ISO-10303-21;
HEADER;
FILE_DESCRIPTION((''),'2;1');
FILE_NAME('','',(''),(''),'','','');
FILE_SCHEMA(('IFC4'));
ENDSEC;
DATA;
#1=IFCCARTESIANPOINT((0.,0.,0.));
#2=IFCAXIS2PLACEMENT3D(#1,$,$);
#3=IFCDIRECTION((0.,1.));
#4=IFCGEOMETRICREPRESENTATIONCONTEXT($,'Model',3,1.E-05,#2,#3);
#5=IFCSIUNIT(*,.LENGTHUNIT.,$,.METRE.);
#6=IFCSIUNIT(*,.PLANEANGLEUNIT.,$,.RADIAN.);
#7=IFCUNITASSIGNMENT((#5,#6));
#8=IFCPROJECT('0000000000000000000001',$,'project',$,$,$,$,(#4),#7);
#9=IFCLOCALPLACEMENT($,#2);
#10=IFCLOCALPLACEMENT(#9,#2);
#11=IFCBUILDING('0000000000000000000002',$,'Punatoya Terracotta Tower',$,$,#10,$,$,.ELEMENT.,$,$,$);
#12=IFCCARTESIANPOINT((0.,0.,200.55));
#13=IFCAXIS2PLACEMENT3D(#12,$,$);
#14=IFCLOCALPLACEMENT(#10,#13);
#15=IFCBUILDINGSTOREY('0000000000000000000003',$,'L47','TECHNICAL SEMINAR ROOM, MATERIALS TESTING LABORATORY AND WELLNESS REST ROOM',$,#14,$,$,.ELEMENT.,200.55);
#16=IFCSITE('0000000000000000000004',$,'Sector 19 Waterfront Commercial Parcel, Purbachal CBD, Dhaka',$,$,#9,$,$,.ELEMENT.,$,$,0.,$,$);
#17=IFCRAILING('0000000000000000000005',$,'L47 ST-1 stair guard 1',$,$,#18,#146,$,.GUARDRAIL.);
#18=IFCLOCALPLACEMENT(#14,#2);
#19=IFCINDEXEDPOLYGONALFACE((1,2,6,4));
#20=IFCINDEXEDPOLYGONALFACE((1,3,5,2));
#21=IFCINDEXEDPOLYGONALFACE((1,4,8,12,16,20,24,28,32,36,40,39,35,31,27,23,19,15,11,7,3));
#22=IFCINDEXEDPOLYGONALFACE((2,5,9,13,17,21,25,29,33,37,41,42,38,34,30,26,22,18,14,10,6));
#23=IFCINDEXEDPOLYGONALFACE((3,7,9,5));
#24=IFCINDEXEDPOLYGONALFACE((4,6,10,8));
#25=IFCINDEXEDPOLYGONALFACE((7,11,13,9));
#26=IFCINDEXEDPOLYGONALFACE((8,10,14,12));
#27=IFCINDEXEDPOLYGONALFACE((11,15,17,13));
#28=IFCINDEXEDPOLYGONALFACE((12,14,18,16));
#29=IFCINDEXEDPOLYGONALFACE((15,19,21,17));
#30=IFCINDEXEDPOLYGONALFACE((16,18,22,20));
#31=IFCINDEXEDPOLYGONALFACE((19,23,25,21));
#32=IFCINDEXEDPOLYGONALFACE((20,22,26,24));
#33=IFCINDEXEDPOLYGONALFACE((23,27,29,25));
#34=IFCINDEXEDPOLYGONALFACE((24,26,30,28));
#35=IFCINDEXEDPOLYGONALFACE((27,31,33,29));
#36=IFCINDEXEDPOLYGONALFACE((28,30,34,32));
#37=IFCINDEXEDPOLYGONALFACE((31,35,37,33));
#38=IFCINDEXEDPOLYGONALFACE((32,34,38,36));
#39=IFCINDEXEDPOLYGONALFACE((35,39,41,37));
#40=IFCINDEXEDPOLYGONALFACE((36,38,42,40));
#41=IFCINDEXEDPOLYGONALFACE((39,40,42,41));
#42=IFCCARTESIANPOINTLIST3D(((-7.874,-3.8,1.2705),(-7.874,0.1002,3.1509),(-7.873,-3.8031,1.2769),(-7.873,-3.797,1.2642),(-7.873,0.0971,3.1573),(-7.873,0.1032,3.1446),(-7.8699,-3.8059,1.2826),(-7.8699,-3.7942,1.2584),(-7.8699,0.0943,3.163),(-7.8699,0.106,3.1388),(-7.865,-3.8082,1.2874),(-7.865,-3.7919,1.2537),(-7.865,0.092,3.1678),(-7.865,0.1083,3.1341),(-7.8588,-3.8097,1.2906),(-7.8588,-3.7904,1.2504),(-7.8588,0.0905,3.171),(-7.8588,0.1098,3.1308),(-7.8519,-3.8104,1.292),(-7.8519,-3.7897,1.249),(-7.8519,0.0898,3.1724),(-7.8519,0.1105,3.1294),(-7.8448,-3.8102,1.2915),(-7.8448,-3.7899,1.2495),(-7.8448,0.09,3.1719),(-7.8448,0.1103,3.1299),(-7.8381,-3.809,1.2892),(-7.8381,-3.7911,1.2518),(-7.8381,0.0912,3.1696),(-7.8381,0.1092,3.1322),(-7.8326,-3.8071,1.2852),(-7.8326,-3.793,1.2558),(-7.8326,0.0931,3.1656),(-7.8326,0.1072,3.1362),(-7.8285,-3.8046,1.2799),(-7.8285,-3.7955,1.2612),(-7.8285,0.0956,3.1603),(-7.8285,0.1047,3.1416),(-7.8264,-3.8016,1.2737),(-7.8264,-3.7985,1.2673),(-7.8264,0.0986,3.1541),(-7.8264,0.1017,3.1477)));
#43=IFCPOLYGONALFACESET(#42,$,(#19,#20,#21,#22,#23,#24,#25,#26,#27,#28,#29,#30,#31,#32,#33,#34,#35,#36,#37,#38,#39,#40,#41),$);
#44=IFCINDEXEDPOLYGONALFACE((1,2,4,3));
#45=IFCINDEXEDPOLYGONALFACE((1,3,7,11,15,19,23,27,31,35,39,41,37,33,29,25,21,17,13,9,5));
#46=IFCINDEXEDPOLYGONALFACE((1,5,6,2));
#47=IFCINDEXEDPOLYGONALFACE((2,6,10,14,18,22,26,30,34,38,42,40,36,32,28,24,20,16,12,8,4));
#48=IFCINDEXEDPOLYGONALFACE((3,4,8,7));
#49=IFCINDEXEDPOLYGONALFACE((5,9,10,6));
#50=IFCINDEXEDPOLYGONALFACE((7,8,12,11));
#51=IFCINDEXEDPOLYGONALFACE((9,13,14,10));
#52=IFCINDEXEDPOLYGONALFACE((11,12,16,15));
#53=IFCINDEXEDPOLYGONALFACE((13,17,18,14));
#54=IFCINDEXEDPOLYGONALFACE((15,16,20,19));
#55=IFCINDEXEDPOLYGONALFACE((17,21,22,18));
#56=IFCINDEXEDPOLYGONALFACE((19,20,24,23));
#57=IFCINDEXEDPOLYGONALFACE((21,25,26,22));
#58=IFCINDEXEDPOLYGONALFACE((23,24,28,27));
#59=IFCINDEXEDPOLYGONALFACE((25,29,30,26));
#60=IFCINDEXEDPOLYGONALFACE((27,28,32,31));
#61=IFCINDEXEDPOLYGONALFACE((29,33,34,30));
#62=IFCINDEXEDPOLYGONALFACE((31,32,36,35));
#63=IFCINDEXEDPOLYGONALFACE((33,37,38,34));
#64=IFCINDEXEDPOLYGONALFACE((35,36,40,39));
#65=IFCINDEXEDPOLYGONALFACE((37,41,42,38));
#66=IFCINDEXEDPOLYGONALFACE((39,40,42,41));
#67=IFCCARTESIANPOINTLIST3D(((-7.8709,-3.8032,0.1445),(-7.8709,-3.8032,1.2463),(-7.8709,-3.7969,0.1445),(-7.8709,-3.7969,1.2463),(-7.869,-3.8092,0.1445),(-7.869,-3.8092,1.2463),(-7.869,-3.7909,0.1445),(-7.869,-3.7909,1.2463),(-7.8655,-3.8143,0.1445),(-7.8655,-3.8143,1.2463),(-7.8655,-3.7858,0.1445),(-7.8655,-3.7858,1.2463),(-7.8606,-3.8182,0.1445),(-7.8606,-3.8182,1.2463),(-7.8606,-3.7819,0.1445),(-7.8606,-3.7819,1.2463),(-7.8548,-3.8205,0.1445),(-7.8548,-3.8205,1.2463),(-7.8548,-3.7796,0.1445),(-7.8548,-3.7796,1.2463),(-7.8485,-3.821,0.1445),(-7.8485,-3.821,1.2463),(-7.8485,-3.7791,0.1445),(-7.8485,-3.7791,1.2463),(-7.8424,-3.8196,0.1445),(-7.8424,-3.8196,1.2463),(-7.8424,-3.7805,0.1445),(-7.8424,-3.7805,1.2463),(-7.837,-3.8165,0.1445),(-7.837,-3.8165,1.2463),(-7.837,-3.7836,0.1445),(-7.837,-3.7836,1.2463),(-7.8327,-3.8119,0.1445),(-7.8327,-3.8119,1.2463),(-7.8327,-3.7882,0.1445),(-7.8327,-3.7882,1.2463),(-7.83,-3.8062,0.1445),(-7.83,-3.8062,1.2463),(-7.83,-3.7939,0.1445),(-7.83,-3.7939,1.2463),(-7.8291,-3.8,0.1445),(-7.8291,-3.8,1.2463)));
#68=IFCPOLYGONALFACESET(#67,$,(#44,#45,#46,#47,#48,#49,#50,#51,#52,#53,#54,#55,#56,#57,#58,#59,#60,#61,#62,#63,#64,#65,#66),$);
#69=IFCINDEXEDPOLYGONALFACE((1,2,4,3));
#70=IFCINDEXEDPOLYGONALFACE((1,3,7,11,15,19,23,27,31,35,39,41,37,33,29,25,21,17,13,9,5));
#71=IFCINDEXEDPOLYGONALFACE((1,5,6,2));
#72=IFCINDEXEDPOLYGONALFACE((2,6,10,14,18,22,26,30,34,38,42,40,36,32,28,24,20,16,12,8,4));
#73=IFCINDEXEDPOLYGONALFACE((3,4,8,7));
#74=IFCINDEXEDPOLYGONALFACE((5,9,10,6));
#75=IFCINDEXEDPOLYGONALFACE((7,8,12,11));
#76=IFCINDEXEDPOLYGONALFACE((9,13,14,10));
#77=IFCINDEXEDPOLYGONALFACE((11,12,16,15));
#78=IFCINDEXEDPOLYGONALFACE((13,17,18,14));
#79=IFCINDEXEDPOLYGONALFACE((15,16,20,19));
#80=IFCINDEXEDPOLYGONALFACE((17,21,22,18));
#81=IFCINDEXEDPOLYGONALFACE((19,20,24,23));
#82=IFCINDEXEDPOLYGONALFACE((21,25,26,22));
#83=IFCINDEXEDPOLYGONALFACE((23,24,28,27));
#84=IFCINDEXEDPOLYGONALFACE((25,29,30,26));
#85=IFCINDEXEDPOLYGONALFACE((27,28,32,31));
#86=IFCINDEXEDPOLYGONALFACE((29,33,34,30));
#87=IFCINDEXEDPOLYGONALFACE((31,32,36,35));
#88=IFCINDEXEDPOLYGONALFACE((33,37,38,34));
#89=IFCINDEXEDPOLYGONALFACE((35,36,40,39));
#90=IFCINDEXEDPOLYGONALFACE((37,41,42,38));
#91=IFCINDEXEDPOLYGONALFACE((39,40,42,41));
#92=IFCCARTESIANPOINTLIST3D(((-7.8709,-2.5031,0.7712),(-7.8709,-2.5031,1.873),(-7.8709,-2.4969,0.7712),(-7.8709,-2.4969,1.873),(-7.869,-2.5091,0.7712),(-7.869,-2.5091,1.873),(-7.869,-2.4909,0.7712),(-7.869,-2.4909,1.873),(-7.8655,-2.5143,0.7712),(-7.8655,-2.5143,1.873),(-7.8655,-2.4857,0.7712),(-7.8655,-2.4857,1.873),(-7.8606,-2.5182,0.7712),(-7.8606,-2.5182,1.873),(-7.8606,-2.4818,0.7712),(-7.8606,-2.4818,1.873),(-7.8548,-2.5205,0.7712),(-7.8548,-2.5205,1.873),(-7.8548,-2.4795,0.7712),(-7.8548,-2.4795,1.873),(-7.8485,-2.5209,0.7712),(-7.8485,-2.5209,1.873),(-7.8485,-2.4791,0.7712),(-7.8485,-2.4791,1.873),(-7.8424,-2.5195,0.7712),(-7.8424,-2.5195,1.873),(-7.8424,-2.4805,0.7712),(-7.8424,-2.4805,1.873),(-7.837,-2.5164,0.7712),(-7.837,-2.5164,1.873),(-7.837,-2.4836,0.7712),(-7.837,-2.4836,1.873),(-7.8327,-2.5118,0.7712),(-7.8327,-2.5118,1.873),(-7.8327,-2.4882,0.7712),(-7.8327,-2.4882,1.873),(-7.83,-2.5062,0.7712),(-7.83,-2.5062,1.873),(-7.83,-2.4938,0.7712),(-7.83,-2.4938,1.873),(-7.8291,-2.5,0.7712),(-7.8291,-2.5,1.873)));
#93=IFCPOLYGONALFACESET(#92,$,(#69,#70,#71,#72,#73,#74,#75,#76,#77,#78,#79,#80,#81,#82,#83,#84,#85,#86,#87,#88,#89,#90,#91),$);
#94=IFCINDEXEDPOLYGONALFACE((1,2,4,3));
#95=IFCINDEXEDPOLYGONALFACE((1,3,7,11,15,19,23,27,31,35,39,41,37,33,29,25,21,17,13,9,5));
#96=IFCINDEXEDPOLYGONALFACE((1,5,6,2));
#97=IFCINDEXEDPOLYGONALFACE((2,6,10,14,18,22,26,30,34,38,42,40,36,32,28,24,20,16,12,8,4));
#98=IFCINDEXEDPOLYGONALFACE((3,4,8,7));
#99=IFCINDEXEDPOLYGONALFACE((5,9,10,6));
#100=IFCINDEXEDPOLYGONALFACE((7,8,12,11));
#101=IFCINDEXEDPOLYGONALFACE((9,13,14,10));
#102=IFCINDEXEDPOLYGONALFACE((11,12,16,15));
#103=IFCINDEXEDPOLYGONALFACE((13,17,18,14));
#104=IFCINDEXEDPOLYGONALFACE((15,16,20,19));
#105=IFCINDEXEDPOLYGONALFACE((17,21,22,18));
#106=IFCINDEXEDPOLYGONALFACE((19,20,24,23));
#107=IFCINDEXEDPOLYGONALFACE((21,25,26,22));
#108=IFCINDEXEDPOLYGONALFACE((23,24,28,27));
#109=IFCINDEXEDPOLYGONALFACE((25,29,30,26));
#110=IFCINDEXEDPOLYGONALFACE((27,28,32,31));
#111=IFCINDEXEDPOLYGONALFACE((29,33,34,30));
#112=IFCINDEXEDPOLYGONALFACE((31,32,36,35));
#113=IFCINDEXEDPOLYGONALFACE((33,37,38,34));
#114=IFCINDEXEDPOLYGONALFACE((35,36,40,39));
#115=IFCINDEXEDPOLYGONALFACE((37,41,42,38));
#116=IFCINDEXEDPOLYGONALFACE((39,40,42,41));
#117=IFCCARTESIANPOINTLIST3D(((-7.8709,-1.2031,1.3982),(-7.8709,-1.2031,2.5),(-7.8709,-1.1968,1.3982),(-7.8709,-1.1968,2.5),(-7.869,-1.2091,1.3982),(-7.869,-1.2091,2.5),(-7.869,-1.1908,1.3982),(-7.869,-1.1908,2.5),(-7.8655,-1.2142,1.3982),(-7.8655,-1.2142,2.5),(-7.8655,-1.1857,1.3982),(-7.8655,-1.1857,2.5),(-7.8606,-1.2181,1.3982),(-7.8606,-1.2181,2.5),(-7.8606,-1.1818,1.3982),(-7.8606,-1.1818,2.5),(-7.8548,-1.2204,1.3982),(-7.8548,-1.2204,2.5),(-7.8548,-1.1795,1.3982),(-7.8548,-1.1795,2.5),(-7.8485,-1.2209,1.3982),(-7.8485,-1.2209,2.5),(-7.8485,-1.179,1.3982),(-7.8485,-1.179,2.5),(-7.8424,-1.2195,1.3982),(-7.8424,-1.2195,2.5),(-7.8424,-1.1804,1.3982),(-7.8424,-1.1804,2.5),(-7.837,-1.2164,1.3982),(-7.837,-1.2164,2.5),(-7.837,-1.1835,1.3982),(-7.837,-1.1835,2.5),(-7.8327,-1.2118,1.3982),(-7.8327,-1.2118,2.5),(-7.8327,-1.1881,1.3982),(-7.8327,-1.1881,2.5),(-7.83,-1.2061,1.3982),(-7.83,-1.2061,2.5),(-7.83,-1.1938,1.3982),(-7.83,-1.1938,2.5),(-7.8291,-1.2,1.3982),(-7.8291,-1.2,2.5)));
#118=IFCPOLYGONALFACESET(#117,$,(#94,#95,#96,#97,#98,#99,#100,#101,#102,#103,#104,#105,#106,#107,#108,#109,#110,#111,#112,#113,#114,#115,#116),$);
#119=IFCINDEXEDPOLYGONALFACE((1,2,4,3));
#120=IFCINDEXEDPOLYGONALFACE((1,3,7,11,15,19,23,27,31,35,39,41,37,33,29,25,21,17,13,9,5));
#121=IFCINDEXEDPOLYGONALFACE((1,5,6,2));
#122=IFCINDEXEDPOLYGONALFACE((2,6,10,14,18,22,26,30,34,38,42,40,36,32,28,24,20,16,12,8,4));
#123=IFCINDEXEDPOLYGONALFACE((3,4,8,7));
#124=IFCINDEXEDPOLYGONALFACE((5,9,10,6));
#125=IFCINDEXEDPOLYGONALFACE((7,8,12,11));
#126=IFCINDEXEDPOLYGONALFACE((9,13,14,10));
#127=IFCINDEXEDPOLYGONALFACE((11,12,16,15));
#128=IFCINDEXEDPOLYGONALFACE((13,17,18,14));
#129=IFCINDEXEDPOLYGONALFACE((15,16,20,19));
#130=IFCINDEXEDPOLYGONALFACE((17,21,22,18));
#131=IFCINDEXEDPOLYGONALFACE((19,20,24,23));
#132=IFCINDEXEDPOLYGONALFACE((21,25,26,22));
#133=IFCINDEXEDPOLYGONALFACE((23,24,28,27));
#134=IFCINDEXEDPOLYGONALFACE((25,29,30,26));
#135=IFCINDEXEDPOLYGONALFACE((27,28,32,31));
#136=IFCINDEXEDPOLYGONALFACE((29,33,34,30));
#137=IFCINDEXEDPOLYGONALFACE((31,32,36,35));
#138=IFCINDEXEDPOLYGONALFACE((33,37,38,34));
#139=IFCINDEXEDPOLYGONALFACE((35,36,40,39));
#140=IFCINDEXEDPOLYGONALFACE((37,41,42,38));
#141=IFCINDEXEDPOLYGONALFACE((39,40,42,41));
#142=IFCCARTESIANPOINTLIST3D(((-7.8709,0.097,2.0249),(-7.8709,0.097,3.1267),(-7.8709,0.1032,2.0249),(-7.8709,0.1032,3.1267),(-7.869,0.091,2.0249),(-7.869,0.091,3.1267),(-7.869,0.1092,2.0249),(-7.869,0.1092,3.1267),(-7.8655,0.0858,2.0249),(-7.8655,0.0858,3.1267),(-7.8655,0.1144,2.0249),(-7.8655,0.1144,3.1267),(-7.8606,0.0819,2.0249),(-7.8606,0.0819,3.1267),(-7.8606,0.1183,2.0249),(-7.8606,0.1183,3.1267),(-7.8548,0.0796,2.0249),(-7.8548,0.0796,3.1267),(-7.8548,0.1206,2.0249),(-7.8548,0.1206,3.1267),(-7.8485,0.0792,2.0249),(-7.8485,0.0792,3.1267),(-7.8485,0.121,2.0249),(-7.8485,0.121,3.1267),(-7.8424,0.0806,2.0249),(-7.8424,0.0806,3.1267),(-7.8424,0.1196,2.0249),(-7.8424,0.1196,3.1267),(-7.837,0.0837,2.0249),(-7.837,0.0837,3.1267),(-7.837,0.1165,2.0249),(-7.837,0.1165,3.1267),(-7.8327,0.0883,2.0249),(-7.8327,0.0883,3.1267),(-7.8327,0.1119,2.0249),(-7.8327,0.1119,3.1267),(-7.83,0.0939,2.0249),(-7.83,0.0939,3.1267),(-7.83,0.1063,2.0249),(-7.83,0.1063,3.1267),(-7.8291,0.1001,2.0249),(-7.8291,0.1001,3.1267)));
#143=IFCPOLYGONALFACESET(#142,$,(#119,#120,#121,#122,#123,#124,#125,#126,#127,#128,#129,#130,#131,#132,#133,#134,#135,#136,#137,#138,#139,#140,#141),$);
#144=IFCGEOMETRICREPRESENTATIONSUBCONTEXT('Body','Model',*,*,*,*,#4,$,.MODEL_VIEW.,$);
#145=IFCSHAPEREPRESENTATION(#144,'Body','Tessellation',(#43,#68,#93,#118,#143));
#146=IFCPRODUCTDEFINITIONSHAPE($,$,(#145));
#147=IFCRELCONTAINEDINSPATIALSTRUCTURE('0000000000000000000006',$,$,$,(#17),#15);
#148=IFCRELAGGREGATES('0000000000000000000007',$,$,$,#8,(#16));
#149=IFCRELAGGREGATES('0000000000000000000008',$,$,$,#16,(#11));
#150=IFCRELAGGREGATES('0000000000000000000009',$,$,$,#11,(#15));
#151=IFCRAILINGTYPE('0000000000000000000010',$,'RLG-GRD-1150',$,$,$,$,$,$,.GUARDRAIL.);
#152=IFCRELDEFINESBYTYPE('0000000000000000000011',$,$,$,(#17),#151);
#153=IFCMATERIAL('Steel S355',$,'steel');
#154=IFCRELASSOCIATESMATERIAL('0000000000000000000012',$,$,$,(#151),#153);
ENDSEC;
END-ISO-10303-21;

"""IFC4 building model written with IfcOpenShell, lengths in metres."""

from ifc_helpers import new_model, si_unit, direction, frame, origin, origin_2d, place, context, subcontext, project, spatial, circle, extrude, material, type_object, element, save


model = new_model("IFC4")

# Units and contexts
model_context = context("Model", 3, precision=1e-05, world=origin(), true_north=direction((0.0, 1.0)))
body_context = subcontext(model_context, "Body", "Model", "MODEL_VIEW")
ifc_project = project(units=[si_unit("LENGTHUNIT", "METRE"), si_unit("PLANEANGLEUNIT", "RADIAN")], contexts=[model_context])

# Site, building, storey
site_placement = place(None, origin())
site = spatial("IfcSite", under=ifc_project, at=site_placement, Name="Sector 19 Waterfront Commercial Parcel, Purbachal CBD, Dhaka", CompositionType="ELEMENT", RefElevation=0.0)
building_placement = place(site_placement, origin())
building = spatial("IfcBuilding", under=site, at=building_placement, Name="Punatoya Terracotta Tower", CompositionType="ELEMENT")
storey_placement = place(building_placement, frame((0.0, 0.0, 200.55)))
storey = spatial("IfcBuildingStorey", under=building, at=storey_placement, Name="L47", Description="TECHNICAL SEMINAR ROOM, MATERIALS TESTING LABORATORY AND WELLNESS REST ROOM", CompositionType="ELEMENT", Elevation=200.55)

# Shared definitions
ifc_material_1 = material(Name="Steel S355", Category="steel")

# Railing
railing_type_1 = type_object("IfcRailingType", Name="RLG-GRD-1150", PredefinedType="GUARDRAIL", material=ifc_material_1)
railing_1_placement = place(storey_placement, frame((-7.8501, -3.8, 0.1445)))
element("IfcRailing", 1, at=railing_1_placement, inside=storey, type_object=railing_type_1, Name="L47 ST-1 stair guard 1", PredefinedType="GUARDRAIL", context=body_context, shape_type="SweptSolid", body=[
    extrude(circle(Radius=0.0239, at=origin_2d()), frame((0.0, 0.0, 1.126), z_axis=(0.0, 0.900774, 0.434289), x_axis=(-1.0, 0.0, 0.0)), (0.0, 0.0, 1.0), 4.3298),
    extrude(circle(Radius=0.021, at=origin_2d()), origin(), (0.0, 0.0, 1.0), 1.1018),
    extrude(circle(Radius=0.021, at=origin_2d()), frame((0.0, 1.3, 0.6267)), (0.0, 0.0, 1.0), 1.1018),
    extrude(circle(Radius=0.021, at=origin_2d()), frame((0.0, 2.6001, 1.2537)), (0.0, 0.0, 1.0), 1.1018),
    extrude(circle(Radius=0.021, at=origin_2d()), frame((0.0, 3.9001, 1.8804)), (0.0, 0.0, 1.0), 1.1018),
])

save(model, "model.ifc")
